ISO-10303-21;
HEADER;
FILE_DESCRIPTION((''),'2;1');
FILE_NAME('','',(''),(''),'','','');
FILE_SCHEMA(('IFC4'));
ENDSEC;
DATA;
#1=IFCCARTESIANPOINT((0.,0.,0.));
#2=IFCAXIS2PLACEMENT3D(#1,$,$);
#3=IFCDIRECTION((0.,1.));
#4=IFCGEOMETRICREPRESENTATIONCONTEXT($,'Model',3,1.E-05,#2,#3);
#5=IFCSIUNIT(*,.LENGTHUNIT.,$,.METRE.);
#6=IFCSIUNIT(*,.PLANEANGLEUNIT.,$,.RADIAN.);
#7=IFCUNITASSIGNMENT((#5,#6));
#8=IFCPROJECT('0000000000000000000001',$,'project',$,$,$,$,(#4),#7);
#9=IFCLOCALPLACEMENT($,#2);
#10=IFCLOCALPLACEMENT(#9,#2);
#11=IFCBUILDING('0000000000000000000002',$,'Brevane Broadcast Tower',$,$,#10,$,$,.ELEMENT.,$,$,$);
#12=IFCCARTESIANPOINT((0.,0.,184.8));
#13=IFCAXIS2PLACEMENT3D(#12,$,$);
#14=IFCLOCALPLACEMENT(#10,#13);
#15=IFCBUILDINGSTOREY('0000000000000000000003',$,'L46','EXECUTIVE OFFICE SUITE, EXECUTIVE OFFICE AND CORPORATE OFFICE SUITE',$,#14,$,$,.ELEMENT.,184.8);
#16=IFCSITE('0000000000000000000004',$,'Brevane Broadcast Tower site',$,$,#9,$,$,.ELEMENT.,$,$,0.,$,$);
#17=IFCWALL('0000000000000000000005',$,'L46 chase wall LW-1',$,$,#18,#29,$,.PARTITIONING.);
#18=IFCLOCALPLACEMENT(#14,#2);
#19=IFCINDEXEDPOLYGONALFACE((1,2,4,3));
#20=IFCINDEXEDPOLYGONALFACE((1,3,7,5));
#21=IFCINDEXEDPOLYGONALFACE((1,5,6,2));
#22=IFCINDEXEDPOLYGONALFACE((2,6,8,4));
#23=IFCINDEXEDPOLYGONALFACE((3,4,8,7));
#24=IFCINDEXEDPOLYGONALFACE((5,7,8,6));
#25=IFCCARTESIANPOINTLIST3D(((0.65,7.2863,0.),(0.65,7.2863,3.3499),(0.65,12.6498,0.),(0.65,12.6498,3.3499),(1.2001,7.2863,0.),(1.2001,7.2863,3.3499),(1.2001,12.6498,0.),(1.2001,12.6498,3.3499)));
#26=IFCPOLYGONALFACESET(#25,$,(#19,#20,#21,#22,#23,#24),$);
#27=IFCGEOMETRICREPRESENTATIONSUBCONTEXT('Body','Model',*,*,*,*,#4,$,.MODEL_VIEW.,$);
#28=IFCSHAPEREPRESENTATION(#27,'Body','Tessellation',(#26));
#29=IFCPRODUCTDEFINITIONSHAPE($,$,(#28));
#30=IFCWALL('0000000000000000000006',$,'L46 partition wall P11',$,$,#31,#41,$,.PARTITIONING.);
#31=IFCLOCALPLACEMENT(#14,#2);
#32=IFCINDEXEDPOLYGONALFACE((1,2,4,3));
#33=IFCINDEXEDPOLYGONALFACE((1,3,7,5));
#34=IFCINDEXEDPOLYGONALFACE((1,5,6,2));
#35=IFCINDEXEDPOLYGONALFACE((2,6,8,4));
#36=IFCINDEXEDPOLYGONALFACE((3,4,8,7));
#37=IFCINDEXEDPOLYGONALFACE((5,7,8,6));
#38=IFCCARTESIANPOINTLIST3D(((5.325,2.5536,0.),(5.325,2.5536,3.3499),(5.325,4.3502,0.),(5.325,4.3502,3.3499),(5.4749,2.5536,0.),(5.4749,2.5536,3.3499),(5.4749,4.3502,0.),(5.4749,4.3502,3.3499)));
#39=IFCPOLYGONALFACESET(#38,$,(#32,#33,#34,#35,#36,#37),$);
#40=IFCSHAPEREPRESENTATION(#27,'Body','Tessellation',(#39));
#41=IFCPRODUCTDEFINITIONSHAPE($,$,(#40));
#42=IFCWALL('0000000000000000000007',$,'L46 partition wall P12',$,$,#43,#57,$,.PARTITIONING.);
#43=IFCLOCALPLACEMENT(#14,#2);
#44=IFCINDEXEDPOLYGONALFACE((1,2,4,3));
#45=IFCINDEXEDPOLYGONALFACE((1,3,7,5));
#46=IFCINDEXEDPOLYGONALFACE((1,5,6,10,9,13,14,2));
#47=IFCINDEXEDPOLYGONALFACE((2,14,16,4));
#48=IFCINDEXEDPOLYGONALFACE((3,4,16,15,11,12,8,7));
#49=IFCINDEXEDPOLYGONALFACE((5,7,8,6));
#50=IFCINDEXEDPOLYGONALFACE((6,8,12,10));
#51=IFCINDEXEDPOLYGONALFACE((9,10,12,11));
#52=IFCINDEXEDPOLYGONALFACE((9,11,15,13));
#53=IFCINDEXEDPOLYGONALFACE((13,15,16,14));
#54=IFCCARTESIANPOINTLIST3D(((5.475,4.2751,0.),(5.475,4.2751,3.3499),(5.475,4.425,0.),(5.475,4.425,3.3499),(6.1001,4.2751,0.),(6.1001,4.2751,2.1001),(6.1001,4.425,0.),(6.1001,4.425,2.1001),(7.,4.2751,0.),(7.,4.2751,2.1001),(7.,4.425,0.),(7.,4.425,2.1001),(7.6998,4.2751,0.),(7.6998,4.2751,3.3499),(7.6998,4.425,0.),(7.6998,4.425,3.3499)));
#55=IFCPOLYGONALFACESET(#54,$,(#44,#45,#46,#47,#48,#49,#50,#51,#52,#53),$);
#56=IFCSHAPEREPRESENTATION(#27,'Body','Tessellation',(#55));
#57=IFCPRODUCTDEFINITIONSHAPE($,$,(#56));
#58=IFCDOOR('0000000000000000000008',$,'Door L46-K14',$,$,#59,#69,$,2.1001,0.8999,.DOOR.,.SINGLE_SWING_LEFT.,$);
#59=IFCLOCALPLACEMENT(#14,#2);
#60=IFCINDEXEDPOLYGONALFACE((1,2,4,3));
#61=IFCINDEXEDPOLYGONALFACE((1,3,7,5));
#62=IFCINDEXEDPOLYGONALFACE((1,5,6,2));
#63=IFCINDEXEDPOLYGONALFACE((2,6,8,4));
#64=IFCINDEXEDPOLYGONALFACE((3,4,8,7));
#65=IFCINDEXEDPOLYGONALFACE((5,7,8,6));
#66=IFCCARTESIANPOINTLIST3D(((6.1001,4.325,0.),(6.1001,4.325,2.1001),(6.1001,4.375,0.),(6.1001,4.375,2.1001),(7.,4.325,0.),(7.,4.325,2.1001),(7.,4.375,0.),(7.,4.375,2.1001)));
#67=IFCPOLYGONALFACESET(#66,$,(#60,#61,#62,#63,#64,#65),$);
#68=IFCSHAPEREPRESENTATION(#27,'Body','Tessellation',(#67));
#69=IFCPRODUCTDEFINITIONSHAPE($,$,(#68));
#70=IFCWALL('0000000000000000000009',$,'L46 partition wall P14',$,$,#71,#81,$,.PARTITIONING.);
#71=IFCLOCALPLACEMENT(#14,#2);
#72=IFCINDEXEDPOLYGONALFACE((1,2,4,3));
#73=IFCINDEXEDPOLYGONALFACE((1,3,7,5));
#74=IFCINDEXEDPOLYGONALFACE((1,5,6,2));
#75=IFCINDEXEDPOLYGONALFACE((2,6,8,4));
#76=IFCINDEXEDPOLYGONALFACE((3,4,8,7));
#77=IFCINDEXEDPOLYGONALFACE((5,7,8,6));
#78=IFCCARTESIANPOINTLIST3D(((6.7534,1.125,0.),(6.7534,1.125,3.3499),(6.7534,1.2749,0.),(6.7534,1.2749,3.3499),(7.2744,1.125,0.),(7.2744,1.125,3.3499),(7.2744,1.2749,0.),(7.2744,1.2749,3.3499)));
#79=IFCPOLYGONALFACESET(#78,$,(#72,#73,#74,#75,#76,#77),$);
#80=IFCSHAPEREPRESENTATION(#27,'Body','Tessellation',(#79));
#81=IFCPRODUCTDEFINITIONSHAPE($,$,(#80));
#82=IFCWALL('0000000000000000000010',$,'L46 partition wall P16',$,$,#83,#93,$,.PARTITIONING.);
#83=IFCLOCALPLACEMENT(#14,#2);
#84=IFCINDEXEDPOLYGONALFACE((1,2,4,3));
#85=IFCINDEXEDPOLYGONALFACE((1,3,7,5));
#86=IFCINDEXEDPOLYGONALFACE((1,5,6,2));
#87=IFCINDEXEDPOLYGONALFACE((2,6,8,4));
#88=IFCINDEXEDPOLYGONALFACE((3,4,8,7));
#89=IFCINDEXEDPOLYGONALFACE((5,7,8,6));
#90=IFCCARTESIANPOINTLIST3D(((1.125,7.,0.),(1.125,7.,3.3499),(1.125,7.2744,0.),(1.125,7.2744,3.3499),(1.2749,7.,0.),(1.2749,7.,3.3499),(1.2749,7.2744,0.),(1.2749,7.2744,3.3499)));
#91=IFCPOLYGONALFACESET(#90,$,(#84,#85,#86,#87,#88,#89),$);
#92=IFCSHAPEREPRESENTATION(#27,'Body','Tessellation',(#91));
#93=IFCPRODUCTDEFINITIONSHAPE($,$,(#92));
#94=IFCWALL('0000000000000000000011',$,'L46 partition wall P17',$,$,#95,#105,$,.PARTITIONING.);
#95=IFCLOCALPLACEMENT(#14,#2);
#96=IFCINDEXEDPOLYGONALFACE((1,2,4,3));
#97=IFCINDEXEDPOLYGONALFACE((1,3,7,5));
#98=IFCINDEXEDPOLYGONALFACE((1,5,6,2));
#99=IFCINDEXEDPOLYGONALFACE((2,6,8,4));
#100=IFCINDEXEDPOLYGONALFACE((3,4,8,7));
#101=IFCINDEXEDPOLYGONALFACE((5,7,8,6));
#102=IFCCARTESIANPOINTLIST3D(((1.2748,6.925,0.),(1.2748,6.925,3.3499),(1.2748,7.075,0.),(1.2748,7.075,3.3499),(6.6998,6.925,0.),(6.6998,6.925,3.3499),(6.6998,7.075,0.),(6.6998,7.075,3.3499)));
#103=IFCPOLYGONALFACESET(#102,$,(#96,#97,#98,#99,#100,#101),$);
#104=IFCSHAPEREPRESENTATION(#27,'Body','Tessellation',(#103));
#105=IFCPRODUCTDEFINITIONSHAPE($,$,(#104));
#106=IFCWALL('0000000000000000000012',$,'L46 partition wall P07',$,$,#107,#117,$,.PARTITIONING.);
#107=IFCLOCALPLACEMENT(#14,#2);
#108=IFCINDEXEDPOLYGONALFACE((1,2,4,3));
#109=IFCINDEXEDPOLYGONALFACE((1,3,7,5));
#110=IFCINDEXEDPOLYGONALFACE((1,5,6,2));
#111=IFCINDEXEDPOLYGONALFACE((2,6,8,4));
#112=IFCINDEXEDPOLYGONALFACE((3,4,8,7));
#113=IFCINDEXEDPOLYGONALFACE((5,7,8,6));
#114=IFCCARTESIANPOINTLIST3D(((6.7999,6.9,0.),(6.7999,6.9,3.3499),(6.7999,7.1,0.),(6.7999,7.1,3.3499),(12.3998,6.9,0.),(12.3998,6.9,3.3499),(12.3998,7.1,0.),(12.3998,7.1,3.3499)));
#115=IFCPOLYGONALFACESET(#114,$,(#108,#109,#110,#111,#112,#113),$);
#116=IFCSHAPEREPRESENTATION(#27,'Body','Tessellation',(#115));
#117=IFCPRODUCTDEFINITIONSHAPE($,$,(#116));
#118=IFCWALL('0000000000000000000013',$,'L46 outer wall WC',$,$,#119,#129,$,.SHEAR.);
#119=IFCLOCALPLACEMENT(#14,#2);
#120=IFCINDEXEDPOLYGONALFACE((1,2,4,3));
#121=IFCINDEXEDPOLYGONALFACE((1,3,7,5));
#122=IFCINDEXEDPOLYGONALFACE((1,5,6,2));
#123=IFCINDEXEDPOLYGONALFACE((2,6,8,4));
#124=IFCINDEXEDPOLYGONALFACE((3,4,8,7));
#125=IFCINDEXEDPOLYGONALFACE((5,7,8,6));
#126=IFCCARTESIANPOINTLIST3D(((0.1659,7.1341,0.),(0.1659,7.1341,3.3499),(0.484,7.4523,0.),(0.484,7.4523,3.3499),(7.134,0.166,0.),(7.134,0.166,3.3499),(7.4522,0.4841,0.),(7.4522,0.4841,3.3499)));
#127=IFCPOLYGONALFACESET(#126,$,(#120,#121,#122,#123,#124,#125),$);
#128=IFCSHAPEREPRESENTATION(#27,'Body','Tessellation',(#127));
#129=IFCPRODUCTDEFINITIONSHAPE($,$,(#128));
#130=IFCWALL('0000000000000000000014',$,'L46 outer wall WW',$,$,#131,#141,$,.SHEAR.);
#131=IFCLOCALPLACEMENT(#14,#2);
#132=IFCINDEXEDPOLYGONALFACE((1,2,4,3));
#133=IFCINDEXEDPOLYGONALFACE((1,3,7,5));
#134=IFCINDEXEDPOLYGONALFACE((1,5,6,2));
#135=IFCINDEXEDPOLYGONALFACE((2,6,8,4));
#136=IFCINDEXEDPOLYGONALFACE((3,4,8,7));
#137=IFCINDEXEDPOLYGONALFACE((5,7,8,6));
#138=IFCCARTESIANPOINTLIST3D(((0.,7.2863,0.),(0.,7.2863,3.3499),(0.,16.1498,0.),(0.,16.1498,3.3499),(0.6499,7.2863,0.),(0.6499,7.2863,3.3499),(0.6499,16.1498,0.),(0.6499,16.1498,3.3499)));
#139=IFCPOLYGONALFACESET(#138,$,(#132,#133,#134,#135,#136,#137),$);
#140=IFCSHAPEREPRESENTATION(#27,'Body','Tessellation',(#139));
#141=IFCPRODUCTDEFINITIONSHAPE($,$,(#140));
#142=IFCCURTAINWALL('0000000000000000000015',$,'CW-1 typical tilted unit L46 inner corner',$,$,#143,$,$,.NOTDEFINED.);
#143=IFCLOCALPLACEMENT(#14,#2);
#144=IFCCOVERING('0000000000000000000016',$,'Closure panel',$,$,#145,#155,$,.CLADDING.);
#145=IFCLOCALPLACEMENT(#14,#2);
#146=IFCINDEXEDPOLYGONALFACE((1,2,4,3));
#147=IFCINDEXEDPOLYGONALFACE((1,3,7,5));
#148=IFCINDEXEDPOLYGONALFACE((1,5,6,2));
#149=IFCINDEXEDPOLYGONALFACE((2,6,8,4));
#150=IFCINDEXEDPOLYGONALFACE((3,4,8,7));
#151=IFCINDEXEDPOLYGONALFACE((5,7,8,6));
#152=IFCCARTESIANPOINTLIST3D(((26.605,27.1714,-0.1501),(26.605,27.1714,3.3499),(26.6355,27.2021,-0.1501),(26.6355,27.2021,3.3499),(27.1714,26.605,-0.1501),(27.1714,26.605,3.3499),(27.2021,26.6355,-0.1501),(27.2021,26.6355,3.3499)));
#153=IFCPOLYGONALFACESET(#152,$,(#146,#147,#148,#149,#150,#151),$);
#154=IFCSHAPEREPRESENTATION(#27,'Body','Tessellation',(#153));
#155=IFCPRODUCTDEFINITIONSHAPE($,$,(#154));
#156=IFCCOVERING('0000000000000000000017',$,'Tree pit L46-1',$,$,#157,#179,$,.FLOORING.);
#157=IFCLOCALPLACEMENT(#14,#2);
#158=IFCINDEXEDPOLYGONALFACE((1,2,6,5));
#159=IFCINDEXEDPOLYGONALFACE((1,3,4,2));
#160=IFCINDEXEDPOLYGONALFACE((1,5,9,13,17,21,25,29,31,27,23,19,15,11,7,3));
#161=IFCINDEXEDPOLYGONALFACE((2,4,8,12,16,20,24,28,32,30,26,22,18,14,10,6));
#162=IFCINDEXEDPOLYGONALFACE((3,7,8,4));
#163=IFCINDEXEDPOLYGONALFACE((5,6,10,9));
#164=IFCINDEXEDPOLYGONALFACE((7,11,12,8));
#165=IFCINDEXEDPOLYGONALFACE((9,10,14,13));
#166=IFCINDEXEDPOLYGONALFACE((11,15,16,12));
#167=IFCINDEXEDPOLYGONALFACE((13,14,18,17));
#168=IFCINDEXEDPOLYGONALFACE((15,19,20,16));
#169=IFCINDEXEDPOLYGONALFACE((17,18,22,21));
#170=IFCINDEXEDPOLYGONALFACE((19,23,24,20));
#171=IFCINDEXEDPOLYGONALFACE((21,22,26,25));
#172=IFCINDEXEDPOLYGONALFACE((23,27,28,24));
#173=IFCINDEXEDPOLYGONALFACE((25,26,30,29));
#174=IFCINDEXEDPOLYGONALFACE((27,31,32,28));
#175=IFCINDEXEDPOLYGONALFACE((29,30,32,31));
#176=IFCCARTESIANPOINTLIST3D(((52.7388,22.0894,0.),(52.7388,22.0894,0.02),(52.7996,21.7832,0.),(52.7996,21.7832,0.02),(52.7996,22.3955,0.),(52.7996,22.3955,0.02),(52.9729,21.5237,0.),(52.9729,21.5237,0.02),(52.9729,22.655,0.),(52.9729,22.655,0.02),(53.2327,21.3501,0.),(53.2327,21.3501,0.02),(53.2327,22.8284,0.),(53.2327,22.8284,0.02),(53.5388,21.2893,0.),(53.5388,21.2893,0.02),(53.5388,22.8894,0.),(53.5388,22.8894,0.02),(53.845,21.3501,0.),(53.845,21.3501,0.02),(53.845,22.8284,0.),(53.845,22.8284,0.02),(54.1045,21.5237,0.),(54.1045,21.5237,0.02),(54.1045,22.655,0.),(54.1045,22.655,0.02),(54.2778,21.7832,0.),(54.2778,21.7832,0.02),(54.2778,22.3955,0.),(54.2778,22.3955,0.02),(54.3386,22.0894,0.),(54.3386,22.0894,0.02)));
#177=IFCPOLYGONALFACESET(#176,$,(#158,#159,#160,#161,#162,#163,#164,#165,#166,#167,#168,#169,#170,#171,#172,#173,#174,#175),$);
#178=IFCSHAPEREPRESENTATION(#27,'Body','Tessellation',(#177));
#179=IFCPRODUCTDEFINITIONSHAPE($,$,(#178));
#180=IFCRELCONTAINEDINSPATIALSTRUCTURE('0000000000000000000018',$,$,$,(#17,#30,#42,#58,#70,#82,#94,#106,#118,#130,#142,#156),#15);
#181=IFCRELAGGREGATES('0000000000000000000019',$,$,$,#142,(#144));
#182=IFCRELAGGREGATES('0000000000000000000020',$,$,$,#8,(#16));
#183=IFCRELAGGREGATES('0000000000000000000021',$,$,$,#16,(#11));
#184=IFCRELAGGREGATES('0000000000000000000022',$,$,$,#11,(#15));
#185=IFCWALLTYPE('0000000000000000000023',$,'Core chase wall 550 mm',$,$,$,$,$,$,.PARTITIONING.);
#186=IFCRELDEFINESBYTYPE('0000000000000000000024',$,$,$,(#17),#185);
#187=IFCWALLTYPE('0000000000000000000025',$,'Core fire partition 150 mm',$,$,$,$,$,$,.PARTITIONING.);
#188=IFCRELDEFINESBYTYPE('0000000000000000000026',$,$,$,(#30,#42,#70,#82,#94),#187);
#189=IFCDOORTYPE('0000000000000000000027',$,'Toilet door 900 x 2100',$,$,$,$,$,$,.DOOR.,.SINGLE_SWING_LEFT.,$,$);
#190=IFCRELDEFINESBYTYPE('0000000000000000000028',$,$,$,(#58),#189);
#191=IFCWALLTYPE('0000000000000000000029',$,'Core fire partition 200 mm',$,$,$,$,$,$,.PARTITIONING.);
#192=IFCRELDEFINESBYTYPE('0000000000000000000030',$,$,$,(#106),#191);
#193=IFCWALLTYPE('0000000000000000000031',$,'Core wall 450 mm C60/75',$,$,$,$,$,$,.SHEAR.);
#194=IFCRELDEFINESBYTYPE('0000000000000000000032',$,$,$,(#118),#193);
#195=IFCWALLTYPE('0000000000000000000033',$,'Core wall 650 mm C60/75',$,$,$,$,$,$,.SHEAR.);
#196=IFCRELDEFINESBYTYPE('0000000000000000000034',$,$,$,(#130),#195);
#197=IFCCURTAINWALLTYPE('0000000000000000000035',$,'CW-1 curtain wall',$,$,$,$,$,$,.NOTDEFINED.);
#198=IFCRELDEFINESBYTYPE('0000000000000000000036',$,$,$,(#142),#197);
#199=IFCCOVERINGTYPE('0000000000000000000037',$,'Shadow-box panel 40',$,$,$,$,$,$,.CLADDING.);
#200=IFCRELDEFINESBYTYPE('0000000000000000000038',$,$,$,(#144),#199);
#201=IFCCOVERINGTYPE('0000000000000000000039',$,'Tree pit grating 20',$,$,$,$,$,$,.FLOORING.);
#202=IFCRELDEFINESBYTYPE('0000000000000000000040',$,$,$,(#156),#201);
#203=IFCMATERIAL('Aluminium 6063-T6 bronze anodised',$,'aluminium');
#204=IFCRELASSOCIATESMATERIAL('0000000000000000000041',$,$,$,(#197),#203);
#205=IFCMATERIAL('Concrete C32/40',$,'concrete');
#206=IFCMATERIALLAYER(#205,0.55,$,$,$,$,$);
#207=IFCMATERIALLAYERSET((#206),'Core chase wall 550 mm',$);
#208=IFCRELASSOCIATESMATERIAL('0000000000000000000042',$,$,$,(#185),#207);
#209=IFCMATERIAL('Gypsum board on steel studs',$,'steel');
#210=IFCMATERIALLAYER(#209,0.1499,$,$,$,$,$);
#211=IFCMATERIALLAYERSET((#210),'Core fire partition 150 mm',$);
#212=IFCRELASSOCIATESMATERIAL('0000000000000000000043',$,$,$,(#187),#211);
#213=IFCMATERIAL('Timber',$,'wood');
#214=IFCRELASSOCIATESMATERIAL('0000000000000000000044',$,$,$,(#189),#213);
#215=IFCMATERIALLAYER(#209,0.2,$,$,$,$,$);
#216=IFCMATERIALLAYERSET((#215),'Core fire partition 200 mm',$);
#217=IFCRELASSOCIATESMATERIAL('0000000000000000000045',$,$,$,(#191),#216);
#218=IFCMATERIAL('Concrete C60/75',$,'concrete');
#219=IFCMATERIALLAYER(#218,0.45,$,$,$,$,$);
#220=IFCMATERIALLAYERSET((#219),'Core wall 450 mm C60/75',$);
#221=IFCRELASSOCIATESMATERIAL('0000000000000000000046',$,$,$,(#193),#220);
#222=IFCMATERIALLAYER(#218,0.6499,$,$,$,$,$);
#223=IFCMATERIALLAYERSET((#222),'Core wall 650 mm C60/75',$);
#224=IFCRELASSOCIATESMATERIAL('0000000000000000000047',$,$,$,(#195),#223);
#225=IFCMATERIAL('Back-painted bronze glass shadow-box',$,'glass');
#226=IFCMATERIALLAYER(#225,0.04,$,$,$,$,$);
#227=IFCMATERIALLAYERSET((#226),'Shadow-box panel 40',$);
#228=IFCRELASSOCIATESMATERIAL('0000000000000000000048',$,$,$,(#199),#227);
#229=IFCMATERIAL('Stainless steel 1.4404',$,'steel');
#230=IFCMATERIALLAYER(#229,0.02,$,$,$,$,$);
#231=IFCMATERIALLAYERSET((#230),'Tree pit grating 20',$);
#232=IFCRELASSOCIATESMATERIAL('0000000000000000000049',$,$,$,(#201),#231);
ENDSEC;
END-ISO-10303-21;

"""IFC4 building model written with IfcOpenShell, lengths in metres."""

from ifc_helpers import new_model, si_unit, direction, frame, frame_2d, origin, place, context, subcontext, project, spatial, polyline, rectangle, outline, extrude, material, layer, layer_set, type_object, element, fill, aggregate, save


model = new_model("IFC4")

# Units and contexts
model_context = context("Model", 3, precision=1e-05, world=origin(), true_north=direction((0.0, 1.0)))
body_context = subcontext(model_context, "Body", "Model", "MODEL_VIEW")
ifc_project = project(units=[si_unit("LENGTHUNIT", "METRE"), si_unit("PLANEANGLEUNIT", "RADIAN")], contexts=[model_context])

# Site, building, storey
site_placement = place(None, origin())
site = spatial("IfcSite", under=ifc_project, at=site_placement, Name="Brevane Broadcast Tower site", CompositionType="ELEMENT", RefElevation=0.0)
building_placement = place(site_placement, origin())
building = spatial("IfcBuilding", under=site, at=building_placement, Name="Brevane Broadcast Tower", CompositionType="ELEMENT")
storey_placement = place(building_placement, frame((0.0, 0.0, 184.8)))
storey = spatial("IfcBuildingStorey", under=building, at=storey_placement, Name="L46", Description="EXECUTIVE OFFICE SUITE, EXECUTIVE OFFICE AND CORPORATE OFFICE SUITE", CompositionType="ELEMENT", Elevation=184.8)

# Shared definitions
ifc_material_1 = material(Name="Aluminium 6063-T6 bronze anodised", Category="aluminium")
curtain_wall_type = type_object("IfcCurtainWallType", Name="CW-1 curtain wall", PredefinedType="NOTDEFINED", material=ifc_material_1)

# Walls
ifc_material_2 = material(Name="Concrete C32/40", Category="concrete")
ifc_layer_1 = layer(ifc_material_2, 0.55)
ifc_layer_set_1 = layer_set([ifc_layer_1], Name="Core chase wall 550 mm")
wall_type_1 = type_object("IfcWallType", Name="Core chase wall 550 mm", PredefinedType="PARTITIONING", material=ifc_layer_set_1)
wall_1_placement = place(storey_placement, frame((0.925, 7.2864, 0.0), z_axis=(0.0, 0.0, 1.0), x_axis=(0.0, 1.0, 0.0)))
element("IfcWall", 1, at=wall_1_placement, inside=storey, type_object=wall_type_1, Name="L46 chase wall LW-1", PredefinedType="PARTITIONING", context=body_context, shape_type="SweptSolid", body=[
    extrude(rectangle(XDim=5.3635, YDim=0.55, at=frame_2d((2.6816, 0.0))), origin(), (0.0, 0.0, 1.0), 3.3499),
])
ifc_material_3 = material(Name="Gypsum board on steel studs", Category="steel")
ifc_layer_2 = layer(ifc_material_3, 0.1499)
ifc_layer_set_2 = layer_set([ifc_layer_2], Name="Core fire partition 150 mm")
wall_type_2 = type_object("IfcWallType", Name="Core fire partition 150 mm", PredefinedType="PARTITIONING", material=ifc_layer_set_2)
wall_2_placement = place(storey_placement, frame((5.3999, 2.5535, 0.0), z_axis=(0.0, 0.0, 1.0), x_axis=(0.0, 1.0, 0.0)))
element("IfcWall", 2, at=wall_2_placement, inside=storey, type_object=wall_type_2, Name="L46 partition wall P11", PredefinedType="PARTITIONING", context=body_context, shape_type="SweptSolid", body=[
    extrude(rectangle(XDim=1.7966, YDim=0.1499, at=frame_2d((0.8984, 0.0))), origin(), (0.0, 0.0, 1.0), 3.3499),
])

# Wall, opening, door
wall_3_placement = place(storey_placement, frame((5.4751, 4.3501, 0.0), z_axis=(0.0, 0.0, 1.0), x_axis=(1.0, 0.0, 0.0)))
wall_3 = element("IfcWall", 3, at=wall_3_placement, inside=storey, type_object=wall_type_2, Name="L46 partition wall P12", PredefinedType="PARTITIONING", context=body_context, shape_type="SweptSolid", body=[
    extrude(rectangle(XDim=2.2249, YDim=0.1499, at=frame_2d((1.1123, 0.0))), origin(), (0.0, 0.0, 1.0), 3.3499),
])
opening_placement = place(wall_3_placement, frame((0.625, 0.0, 0.0)))
opening = element("IfcOpeningElement", 4, at=opening_placement, cuts=wall_3, PredefinedType="OPENING", context=body_context, shape_type="SweptSolid", body=[
    extrude(rectangle(XDim=0.8999, YDim=2.1001, at=frame_2d((0.45, 1.05))), frame((0.0, 0.085, 0.0), z_axis=(0.0, -1.0, 0.0), x_axis=(1.0, 0.0, 0.0)), (0.0, 0.0, 1.0), 0.1699),
])
ifc_material_4 = material(Name="Timber", Category="wood")
door_type = type_object("IfcDoorType", Name="Toilet door 900 x 2100", OperationType="SINGLE_SWING_LEFT", PredefinedType="DOOR", material=ifc_material_4)
door_placement = place(opening_placement, origin())
door = element("IfcDoor", 5, at=door_placement, inside=storey, type_object=door_type, Name="Door L46-K14", OperationType="SINGLE_SWING_LEFT", OverallHeight=2.1001, OverallWidth=0.8999, PredefinedType="DOOR", context=body_context, shape_type="SweptSolid", body=[
    extrude(rectangle(XDim=0.8999, YDim=2.1001, at=frame_2d((0.45, 1.05))), frame((0.0, 0.0249, 0.0), z_axis=(0.0, -1.0, 0.0), x_axis=(1.0, 0.0, 0.0)), (0.0, 0.0, 1.0), 0.05),
])
fill(opening, door)

# Walls
wall_4_placement = place(storey_placement, frame((7.2744, 1.2, 0.0), z_axis=(0.0, 0.0, 1.0), x_axis=(-1.0, 0.0, 0.0)))
element("IfcWall", 6, at=wall_4_placement, inside=storey, type_object=wall_type_2, Name="L46 partition wall P14", PredefinedType="PARTITIONING", context=body_context, shape_type="SweptSolid", body=[
    extrude(rectangle(XDim=0.521, YDim=0.1499, at=frame_2d((0.2605, 0.0))), origin(), (0.0, 0.0, 1.0), 3.3499),
])
wall_5_placement = place(storey_placement, frame((1.2, 7.2744, 0.0), z_axis=(0.0, 0.0, 1.0), x_axis=(0.0, -1.0, 0.0)))
element("IfcWall", 7, at=wall_5_placement, inside=storey, type_object=wall_type_2, Name="L46 partition wall P16", PredefinedType="PARTITIONING", context=body_context, shape_type="SweptSolid", body=[
    extrude(rectangle(XDim=0.2744, YDim=0.1499, at=frame_2d((0.1372, 0.0))), origin(), (0.0, 0.0, 1.0), 3.3499),
])
wall_6_placement = place(storey_placement, frame((1.2749, 7.0, 0.0), z_axis=(0.0, 0.0, 1.0), x_axis=(1.0, 0.0, 0.0)))
element("IfcWall", 8, at=wall_6_placement, inside=storey, type_object=wall_type_2, Name="L46 partition wall P17", PredefinedType="PARTITIONING", context=body_context, shape_type="SweptSolid", body=[
    extrude(rectangle(XDim=5.425, YDim=0.1499, at=frame_2d((2.7124, 0.0))), origin(), (0.0, 0.0, 1.0), 3.3499),
])
ifc_layer_3 = layer(ifc_material_3, 0.2)
ifc_layer_set_3 = layer_set([ifc_layer_3], Name="Core fire partition 200 mm")
wall_type_3 = type_object("IfcWallType", Name="Core fire partition 200 mm", PredefinedType="PARTITIONING", material=ifc_layer_set_3)
wall_7_placement = place(storey_placement, frame((6.8, 7.0, 0.0), z_axis=(0.0, 0.0, 1.0), x_axis=(1.0, 0.0, 0.0)))
element("IfcWall", 9, at=wall_7_placement, inside=storey, type_object=wall_type_3, Name="L46 partition wall P07", PredefinedType="PARTITIONING", context=body_context, shape_type="SweptSolid", body=[
    extrude(rectangle(XDim=5.5999, YDim=0.2, at=frame_2d((2.7998, 0.0))), origin(), (0.0, 0.0, 1.0), 3.3499),
])
ifc_material_5 = material(Name="Concrete C60/75", Category="concrete")
ifc_layer_4 = layer(ifc_material_5, 0.45)
ifc_layer_set_4 = layer_set([ifc_layer_4], Name="Core wall 450 mm C60/75")
wall_type_4 = type_object("IfcWallType", Name="Core wall 450 mm C60/75", PredefinedType="SHEAR", material=ifc_layer_set_4)
wall_8_placement = place(storey_placement, frame((0.325, 7.2932, 0.0), z_axis=(0.0, 0.0, 1.0), x_axis=(0.707107, -0.707107, 0.0)))
element("IfcWall", 10, at=wall_8_placement, inside=storey, type_object=wall_type_4, Name="L46 outer wall WC", PredefinedType="SHEAR", context=body_context, shape_type="SweptSolid", body=[
    extrude(rectangle(XDim=9.8545, YDim=0.45, at=frame_2d((4.9272, 0.0))), origin(), (0.0, 0.0, 1.0), 3.3499),
])
ifc_layer_5 = layer(ifc_material_5, 0.6499)
ifc_layer_set_5 = layer_set([ifc_layer_5], Name="Core wall 650 mm C60/75")
wall_type_5 = type_object("IfcWallType", Name="Core wall 650 mm C60/75", PredefinedType="SHEAR", material=ifc_layer_set_5)
wall_9_placement = place(storey_placement, frame((0.325, 7.2864, 0.0), z_axis=(0.0, 0.0, 1.0), x_axis=(0.0, 1.0, 0.0)))
element("IfcWall", 11, at=wall_9_placement, inside=storey, type_object=wall_type_5, Name="L46 outer wall WW", PredefinedType="SHEAR", context=body_context, shape_type="SweptSolid", body=[
    extrude(rectangle(XDim=8.8635, YDim=0.6499, at=frame_2d((4.4316, 0.0))), origin(), (0.0, 0.0, 1.0), 3.3499),
])

# Curtain wall, covering
curtain_wall_1_placement = place(storey_placement, origin())
curtain_wall_1 = element("IfcCurtainWall", 12, at=curtain_wall_1_placement, inside=storey, type_object=curtain_wall_type, Name="CW-1 typical tilted unit L46 inner corner", PredefinedType="NOTDEFINED")
ifc_material_6 = material(Name="Back-painted bronze glass shadow-box", Category="glass")
ifc_layer_6 = layer(ifc_material_6, 0.04)
ifc_layer_set_6 = layer_set([ifc_layer_6], Name="Shadow-box panel 40")
covering_type_1 = type_object("IfcCoveringType", Name="Shadow-box panel 40", PredefinedType="CLADDING", material=ifc_layer_set_6)
covering_1_placement = place(storey_placement, frame((0.0, 0.0, -0.1501)))
covering_1 = element("IfcCovering", 13, at=covering_1_placement, type_object=covering_type_1, Name="Closure panel", PredefinedType="CLADDING", context=body_context, shape_type="SweptSolid", body=[
    extrude(outline(polyline([(27.1714, 26.605), (27.2021, 26.6355), (26.6355, 27.2021), (26.605, 27.1714), (27.1714, 26.605)])), origin(), (0.0, 0.0, 1.0), 3.5),
])
aggregate(curtain_wall_1, [covering_1])

# Covering
ifc_material_7 = material(Name="Stainless steel 1.4404", Category="steel")
ifc_layer_7 = layer(ifc_material_7, 0.02)
ifc_layer_set_7 = layer_set([ifc_layer_7], Name="Tree pit grating 20")
covering_type_2 = type_object("IfcCoveringType", Name="Tree pit grating 20", PredefinedType="FLOORING", material=ifc_layer_set_7)
covering_2_placement = place(storey_placement, origin())
element("IfcCovering", 14, at=covering_2_placement, inside=storey, type_object=covering_type_2, Name="Tree pit L46-1", PredefinedType="FLOORING", context=body_context, shape_type="SweptSolid", body=[
    extrude(outline(polyline([(54.3386, 22.0894), (54.2778, 22.3955), (54.1045, 22.655), (53.845, 22.8284), (53.5388, 22.8894), (53.2327, 22.8284), (52.9729, 22.655), (52.7996, 22.3955), (52.7388, 22.0894), (52.7996, 21.7832), (52.9729, 21.5237), (53.2327, 21.3501), (53.5388, 21.2893), (53.845, 21.3501), (54.1045, 21.5237), (54.2778, 21.7832), (54.3386, 22.0894)])), origin(), (0.0, 0.0, 1.0), 0.02),
])

save(model, "model.ifc")
